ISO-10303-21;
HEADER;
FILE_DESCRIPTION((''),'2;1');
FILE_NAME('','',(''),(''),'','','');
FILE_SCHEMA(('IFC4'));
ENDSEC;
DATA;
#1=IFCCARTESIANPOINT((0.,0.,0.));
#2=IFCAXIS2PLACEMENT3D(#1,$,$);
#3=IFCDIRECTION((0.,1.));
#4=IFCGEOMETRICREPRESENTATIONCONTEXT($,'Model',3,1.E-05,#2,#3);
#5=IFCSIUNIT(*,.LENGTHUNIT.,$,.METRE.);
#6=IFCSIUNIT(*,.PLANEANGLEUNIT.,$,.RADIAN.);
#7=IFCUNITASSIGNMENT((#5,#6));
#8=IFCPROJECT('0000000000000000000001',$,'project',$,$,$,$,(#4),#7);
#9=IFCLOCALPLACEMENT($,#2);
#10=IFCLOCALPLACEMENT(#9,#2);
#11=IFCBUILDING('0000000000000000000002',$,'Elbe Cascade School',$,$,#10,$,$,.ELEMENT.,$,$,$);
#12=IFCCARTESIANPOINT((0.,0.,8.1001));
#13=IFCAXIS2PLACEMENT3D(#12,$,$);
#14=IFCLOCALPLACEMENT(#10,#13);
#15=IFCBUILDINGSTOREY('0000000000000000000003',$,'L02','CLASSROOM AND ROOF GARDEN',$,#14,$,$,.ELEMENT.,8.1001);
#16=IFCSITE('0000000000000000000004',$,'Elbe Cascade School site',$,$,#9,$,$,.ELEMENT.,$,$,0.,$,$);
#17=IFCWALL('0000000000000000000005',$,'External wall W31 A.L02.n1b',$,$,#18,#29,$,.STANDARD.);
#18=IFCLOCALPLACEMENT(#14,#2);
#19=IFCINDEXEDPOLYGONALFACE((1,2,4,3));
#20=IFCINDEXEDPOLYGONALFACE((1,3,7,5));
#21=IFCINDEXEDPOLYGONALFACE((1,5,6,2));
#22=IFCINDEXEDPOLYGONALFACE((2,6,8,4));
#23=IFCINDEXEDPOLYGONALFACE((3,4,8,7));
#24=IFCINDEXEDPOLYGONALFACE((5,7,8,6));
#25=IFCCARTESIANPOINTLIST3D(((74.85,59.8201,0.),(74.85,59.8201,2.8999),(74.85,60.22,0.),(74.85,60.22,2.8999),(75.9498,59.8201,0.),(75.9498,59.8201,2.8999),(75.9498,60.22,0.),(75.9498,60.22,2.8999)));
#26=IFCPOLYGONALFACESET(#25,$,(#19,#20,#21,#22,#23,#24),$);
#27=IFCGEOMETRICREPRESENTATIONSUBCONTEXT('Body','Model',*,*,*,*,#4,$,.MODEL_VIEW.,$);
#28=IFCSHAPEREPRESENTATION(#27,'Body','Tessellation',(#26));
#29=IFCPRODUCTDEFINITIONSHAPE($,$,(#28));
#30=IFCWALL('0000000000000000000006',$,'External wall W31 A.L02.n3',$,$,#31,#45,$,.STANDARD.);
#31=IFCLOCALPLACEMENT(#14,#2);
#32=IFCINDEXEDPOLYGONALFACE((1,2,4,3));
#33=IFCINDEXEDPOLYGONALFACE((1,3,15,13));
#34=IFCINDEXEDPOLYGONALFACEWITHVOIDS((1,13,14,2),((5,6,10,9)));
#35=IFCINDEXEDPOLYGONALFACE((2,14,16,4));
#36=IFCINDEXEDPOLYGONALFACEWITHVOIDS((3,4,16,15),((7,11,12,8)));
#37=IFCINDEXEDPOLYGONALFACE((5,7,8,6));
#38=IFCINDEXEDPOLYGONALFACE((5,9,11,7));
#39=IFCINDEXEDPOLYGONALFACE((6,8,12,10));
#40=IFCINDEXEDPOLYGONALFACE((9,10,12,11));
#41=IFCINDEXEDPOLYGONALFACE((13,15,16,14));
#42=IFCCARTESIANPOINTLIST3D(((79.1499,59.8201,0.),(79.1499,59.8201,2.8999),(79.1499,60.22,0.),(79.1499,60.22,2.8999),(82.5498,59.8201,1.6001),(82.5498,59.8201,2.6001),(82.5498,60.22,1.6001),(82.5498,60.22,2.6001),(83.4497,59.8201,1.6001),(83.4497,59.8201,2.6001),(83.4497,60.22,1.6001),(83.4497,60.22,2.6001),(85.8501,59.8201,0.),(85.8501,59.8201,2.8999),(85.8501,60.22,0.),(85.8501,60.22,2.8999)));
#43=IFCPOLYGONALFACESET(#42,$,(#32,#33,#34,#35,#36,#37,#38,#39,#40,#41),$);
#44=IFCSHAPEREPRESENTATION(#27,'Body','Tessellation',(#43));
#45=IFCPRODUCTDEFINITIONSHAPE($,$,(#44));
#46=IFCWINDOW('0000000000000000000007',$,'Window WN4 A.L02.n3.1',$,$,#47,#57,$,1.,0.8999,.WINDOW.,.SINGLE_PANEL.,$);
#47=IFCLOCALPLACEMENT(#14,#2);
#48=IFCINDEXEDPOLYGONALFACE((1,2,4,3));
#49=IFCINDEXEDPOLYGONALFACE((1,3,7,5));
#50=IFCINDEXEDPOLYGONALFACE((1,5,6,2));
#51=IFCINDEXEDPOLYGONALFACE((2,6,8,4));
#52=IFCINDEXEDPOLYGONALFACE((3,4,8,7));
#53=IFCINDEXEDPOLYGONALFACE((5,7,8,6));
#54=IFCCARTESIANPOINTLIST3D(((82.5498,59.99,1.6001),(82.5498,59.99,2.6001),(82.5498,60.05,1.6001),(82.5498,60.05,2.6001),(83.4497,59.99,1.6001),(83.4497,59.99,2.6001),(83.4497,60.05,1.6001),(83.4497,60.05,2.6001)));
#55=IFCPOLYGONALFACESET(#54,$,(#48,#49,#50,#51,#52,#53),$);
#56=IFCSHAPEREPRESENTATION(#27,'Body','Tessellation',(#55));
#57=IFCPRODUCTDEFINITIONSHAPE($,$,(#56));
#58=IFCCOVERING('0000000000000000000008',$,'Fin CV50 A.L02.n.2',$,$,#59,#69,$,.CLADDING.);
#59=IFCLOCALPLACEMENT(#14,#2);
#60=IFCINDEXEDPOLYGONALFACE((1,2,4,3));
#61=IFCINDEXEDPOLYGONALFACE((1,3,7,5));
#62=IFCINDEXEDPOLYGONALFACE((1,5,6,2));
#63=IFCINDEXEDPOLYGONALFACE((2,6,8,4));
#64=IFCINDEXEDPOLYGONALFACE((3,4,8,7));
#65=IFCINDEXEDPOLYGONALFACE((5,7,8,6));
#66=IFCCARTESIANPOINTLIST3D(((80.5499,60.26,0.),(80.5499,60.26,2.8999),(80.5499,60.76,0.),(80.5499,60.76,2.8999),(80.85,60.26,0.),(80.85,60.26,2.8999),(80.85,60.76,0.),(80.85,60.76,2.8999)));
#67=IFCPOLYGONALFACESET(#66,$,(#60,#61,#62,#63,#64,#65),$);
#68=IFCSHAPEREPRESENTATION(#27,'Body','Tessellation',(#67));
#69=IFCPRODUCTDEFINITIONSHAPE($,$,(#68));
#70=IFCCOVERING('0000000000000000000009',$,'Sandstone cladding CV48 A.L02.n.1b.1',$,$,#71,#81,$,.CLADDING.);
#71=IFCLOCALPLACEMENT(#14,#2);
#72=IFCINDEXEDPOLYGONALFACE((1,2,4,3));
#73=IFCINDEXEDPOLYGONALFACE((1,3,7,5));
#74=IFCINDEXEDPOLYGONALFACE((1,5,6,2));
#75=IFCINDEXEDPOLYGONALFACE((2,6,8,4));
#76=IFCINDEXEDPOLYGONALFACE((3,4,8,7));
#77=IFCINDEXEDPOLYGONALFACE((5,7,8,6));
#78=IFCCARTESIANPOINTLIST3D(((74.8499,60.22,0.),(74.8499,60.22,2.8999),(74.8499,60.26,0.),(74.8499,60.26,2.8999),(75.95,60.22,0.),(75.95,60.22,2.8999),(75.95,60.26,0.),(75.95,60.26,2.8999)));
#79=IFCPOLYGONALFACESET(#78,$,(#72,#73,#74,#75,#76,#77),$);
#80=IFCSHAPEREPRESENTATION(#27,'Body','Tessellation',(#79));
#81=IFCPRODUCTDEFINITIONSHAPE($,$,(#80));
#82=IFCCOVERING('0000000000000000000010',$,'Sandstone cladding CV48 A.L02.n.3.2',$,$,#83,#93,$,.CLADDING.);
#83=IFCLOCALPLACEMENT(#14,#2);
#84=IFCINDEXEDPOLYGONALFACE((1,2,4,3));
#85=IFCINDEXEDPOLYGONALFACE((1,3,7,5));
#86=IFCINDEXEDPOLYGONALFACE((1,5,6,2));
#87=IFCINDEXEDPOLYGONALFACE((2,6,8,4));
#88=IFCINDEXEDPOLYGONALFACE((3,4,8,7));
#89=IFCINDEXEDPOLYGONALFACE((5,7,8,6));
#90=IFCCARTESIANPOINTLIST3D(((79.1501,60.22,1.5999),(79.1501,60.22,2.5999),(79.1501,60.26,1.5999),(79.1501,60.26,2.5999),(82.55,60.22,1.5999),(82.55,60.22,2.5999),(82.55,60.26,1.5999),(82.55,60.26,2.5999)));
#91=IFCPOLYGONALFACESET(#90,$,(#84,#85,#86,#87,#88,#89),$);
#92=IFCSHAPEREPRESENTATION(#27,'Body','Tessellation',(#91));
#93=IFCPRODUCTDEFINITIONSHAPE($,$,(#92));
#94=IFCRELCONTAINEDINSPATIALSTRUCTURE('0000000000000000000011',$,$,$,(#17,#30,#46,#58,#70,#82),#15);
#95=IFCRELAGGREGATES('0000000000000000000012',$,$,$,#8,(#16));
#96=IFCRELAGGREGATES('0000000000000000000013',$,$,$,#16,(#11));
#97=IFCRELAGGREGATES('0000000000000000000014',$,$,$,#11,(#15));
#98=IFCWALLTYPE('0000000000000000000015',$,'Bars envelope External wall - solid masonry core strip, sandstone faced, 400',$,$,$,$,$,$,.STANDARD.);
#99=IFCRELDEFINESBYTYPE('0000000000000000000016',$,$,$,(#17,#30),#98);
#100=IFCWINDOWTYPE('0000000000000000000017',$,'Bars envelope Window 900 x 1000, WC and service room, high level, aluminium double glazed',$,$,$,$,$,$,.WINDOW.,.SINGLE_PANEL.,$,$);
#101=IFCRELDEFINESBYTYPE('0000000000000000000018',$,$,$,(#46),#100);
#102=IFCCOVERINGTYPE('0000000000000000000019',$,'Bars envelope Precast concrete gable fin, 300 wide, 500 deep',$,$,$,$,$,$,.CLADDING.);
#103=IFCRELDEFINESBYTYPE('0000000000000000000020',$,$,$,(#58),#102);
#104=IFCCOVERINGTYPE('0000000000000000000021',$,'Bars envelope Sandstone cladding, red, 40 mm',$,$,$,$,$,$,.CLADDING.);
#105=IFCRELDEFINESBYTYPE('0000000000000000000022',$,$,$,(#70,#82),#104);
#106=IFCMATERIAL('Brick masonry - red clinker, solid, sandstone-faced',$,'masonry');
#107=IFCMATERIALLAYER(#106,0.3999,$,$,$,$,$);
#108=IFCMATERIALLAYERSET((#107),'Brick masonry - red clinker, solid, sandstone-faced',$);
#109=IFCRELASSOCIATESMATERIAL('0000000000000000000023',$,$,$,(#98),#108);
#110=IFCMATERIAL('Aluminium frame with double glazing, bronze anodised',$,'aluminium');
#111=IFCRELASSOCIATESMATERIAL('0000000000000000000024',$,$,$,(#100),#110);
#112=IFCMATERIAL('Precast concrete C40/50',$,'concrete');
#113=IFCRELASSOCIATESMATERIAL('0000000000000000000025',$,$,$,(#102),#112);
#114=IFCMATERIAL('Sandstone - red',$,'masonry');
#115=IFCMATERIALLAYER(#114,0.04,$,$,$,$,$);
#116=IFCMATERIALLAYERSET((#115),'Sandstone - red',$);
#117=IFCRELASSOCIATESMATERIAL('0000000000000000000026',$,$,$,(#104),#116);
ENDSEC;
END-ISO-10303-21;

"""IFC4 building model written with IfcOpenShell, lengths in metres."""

from ifc_helpers import new_model, si_unit, direction, frame, frame_2d, origin, origin_2d, place, context, subcontext, project, spatial, rectangle, extrude, material, layer, layer_set, type_object, element, fill, save


model = new_model("IFC4")

# Units and contexts
model_context = context("Model", 3, precision=1e-05, world=origin(), true_north=direction((0.0, 1.0)))
body_context = subcontext(model_context, "Body", "Model", "MODEL_VIEW")
ifc_project = project(units=[si_unit("LENGTHUNIT", "METRE"), si_unit("PLANEANGLEUNIT", "RADIAN")], contexts=[model_context])

# Site, building, storey
site_placement = place(None, origin())
site = spatial("IfcSite", under=ifc_project, at=site_placement, Name="Elbe Cascade School site", CompositionType="ELEMENT", RefElevation=0.0)
building_placement = place(site_placement, origin())
building = spatial("IfcBuilding", under=site, at=building_placement, Name="Elbe Cascade School", CompositionType="ELEMENT")
storey_placement = place(building_placement, frame((0.0, 0.0, 8.1001)))
storey = spatial("IfcBuildingStorey", under=building, at=storey_placement, Name="L02", Description="CLASSROOM AND ROOF GARDEN", CompositionType="ELEMENT", Elevation=8.1001)

# Wall
ifc_material_1 = material(Name="Brick masonry - red clinker, solid, sandstone-faced", Category="masonry")
ifc_layer_1 = layer(ifc_material_1, 0.3999)
ifc_layer_set_1 = layer_set([ifc_layer_1], Name="Brick masonry - red clinker, solid, sandstone-faced")
wall_type = type_object("IfcWallType", Name="Bars envelope External wall - solid masonry core strip, sandstone faced, 400", PredefinedType="STANDARD", material=ifc_layer_set_1)
wall_1_placement = place(storey_placement, frame((74.8501, 60.02, 0.0), z_axis=(0.0, 0.0, 1.0), x_axis=(1.0, 0.0, 0.0)))
element("IfcWall", 1, at=wall_1_placement, inside=storey, type_object=wall_type, Name="External wall W31 A.L02.n1b", PredefinedType="STANDARD", context=body_context, shape_type="SweptSolid", body=[
    extrude(rectangle(XDim=1.0999, YDim=0.3999, at=frame_2d((0.5498, 0.0))), origin(), (0.0, 0.0, 1.0), 2.8999),
])

# Wall, opening, window
wall_2_placement = place(storey_placement, frame((79.1499, 60.02, 0.0), z_axis=(0.0, 0.0, 1.0), x_axis=(1.0, 0.0, 0.0)))
wall_2 = element("IfcWall", 2, at=wall_2_placement, inside=storey, type_object=wall_type, Name="External wall W31 A.L02.n3", PredefinedType="STANDARD", context=body_context, shape_type="SweptSolid", body=[
    extrude(rectangle(XDim=6.7002, YDim=0.3999, at=frame_2d((3.3501, 0.0))), origin(), (0.0, 0.0, 1.0), 2.8999),
])
opening_placement = place(wall_2_placement, frame((3.3999, 0.0, 1.6001)))
opening = element("IfcOpeningElement", 3, at=opening_placement, cuts=wall_2, PredefinedType="OPENING", context=body_context, shape_type="SweptSolid", body=[
    extrude(rectangle(XDim=0.8999, YDim=1.0, at=frame_2d((0.45, 0.5))), frame((0.0, 0.21, 0.0), z_axis=(0.0, -1.0, 0.0), x_axis=(1.0, 0.0, 0.0)), (0.0, 0.0, 1.0), 0.4199),
])
ifc_material_2 = material(Name="Aluminium frame with double glazing, bronze anodised", Category="aluminium")
window_type = type_object("IfcWindowType", Name="Bars envelope Window 900 x 1000, WC and service room, high level, aluminium double glazed", PartitioningType="SINGLE_PANEL", PredefinedType="WINDOW", material=ifc_material_2)
window_placement = place(opening_placement, origin())
window = element("IfcWindow", 4, at=window_placement, inside=storey, type_object=window_type, Name="Window WN4 A.L02.n3.1", OverallHeight=1.0, OverallWidth=0.8999, PartitioningType="SINGLE_PANEL", PredefinedType="WINDOW", context=body_context, shape_type="SweptSolid", body=[
    extrude(rectangle(XDim=0.8999, YDim=1.0, at=frame_2d((0.45, 0.5))), frame((0.0, 0.03, 0.0), z_axis=(0.0, -1.0, 0.0), x_axis=(1.0, 0.0, 0.0)), (0.0, 0.0, 1.0), 0.0601),
])
fill(opening, window)

# Coverings
ifc_material_3 = material(Name="Precast concrete C40/50", Category="concrete")
covering_type_1 = type_object("IfcCoveringType", Name="Bars envelope Precast concrete gable fin, 300 wide, 500 deep", PredefinedType="CLADDING", material=ifc_material_3)
covering_1_placement = place(storey_placement, frame((80.7, 60.51, 0.0), z_axis=(0.0, 0.0, 1.0), x_axis=(1.0, 0.0, 0.0)))
element("IfcCovering", 5, at=covering_1_placement, inside=storey, type_object=covering_type_1, Name="Fin CV50 A.L02.n.2", PredefinedType="CLADDING", context=body_context, shape_type="SweptSolid", body=[
    extrude(rectangle(XDim=0.3, YDim=0.5, at=origin_2d()), origin(), (0.0, 0.0, 1.0), 2.8999),
])
ifc_material_4 = material(Name="Sandstone - red", Category="masonry")
ifc_layer_2 = layer(ifc_material_4, 0.04)
ifc_layer_set_2 = layer_set([ifc_layer_2], Name="Sandstone - red")
covering_type_2 = type_object("IfcCoveringType", Name="Bars envelope Sandstone cladding, red, 40 mm", PredefinedType="CLADDING", material=ifc_layer_set_2)
covering_2_placement = place(storey_placement, frame((75.3999, 60.24, 0.0), z_axis=(0.0, 0.0, 1.0), x_axis=(1.0, 0.0, 0.0)))
element("IfcCovering", 6, at=covering_2_placement, inside=storey, type_object=covering_type_2, Name="Sandstone cladding CV48 A.L02.n.1b.1", PredefinedType="CLADDING", context=body_context, shape_type="SweptSolid", body=[
    extrude(rectangle(XDim=1.1001, YDim=0.04, at=origin_2d()), origin(), (0.0, 0.0, 1.0), 2.8999),
])
covering_3_placement = place(storey_placement, frame((80.8501, 60.24, 1.5999), z_axis=(0.0, 0.0, 1.0), x_axis=(1.0, 0.0, 0.0)))
element("IfcCovering", 7, at=covering_3_placement, inside=storey, type_object=covering_type_2, Name="Sandstone cladding CV48 A.L02.n.3.2", PredefinedType="CLADDING", context=body_context, shape_type="SweptSolid", body=[
    extrude(rectangle(XDim=3.3999, YDim=0.04, at=origin_2d()), origin(), (0.0, 0.0, 1.0), 1.0),
])

save(model, "model.ifc")
